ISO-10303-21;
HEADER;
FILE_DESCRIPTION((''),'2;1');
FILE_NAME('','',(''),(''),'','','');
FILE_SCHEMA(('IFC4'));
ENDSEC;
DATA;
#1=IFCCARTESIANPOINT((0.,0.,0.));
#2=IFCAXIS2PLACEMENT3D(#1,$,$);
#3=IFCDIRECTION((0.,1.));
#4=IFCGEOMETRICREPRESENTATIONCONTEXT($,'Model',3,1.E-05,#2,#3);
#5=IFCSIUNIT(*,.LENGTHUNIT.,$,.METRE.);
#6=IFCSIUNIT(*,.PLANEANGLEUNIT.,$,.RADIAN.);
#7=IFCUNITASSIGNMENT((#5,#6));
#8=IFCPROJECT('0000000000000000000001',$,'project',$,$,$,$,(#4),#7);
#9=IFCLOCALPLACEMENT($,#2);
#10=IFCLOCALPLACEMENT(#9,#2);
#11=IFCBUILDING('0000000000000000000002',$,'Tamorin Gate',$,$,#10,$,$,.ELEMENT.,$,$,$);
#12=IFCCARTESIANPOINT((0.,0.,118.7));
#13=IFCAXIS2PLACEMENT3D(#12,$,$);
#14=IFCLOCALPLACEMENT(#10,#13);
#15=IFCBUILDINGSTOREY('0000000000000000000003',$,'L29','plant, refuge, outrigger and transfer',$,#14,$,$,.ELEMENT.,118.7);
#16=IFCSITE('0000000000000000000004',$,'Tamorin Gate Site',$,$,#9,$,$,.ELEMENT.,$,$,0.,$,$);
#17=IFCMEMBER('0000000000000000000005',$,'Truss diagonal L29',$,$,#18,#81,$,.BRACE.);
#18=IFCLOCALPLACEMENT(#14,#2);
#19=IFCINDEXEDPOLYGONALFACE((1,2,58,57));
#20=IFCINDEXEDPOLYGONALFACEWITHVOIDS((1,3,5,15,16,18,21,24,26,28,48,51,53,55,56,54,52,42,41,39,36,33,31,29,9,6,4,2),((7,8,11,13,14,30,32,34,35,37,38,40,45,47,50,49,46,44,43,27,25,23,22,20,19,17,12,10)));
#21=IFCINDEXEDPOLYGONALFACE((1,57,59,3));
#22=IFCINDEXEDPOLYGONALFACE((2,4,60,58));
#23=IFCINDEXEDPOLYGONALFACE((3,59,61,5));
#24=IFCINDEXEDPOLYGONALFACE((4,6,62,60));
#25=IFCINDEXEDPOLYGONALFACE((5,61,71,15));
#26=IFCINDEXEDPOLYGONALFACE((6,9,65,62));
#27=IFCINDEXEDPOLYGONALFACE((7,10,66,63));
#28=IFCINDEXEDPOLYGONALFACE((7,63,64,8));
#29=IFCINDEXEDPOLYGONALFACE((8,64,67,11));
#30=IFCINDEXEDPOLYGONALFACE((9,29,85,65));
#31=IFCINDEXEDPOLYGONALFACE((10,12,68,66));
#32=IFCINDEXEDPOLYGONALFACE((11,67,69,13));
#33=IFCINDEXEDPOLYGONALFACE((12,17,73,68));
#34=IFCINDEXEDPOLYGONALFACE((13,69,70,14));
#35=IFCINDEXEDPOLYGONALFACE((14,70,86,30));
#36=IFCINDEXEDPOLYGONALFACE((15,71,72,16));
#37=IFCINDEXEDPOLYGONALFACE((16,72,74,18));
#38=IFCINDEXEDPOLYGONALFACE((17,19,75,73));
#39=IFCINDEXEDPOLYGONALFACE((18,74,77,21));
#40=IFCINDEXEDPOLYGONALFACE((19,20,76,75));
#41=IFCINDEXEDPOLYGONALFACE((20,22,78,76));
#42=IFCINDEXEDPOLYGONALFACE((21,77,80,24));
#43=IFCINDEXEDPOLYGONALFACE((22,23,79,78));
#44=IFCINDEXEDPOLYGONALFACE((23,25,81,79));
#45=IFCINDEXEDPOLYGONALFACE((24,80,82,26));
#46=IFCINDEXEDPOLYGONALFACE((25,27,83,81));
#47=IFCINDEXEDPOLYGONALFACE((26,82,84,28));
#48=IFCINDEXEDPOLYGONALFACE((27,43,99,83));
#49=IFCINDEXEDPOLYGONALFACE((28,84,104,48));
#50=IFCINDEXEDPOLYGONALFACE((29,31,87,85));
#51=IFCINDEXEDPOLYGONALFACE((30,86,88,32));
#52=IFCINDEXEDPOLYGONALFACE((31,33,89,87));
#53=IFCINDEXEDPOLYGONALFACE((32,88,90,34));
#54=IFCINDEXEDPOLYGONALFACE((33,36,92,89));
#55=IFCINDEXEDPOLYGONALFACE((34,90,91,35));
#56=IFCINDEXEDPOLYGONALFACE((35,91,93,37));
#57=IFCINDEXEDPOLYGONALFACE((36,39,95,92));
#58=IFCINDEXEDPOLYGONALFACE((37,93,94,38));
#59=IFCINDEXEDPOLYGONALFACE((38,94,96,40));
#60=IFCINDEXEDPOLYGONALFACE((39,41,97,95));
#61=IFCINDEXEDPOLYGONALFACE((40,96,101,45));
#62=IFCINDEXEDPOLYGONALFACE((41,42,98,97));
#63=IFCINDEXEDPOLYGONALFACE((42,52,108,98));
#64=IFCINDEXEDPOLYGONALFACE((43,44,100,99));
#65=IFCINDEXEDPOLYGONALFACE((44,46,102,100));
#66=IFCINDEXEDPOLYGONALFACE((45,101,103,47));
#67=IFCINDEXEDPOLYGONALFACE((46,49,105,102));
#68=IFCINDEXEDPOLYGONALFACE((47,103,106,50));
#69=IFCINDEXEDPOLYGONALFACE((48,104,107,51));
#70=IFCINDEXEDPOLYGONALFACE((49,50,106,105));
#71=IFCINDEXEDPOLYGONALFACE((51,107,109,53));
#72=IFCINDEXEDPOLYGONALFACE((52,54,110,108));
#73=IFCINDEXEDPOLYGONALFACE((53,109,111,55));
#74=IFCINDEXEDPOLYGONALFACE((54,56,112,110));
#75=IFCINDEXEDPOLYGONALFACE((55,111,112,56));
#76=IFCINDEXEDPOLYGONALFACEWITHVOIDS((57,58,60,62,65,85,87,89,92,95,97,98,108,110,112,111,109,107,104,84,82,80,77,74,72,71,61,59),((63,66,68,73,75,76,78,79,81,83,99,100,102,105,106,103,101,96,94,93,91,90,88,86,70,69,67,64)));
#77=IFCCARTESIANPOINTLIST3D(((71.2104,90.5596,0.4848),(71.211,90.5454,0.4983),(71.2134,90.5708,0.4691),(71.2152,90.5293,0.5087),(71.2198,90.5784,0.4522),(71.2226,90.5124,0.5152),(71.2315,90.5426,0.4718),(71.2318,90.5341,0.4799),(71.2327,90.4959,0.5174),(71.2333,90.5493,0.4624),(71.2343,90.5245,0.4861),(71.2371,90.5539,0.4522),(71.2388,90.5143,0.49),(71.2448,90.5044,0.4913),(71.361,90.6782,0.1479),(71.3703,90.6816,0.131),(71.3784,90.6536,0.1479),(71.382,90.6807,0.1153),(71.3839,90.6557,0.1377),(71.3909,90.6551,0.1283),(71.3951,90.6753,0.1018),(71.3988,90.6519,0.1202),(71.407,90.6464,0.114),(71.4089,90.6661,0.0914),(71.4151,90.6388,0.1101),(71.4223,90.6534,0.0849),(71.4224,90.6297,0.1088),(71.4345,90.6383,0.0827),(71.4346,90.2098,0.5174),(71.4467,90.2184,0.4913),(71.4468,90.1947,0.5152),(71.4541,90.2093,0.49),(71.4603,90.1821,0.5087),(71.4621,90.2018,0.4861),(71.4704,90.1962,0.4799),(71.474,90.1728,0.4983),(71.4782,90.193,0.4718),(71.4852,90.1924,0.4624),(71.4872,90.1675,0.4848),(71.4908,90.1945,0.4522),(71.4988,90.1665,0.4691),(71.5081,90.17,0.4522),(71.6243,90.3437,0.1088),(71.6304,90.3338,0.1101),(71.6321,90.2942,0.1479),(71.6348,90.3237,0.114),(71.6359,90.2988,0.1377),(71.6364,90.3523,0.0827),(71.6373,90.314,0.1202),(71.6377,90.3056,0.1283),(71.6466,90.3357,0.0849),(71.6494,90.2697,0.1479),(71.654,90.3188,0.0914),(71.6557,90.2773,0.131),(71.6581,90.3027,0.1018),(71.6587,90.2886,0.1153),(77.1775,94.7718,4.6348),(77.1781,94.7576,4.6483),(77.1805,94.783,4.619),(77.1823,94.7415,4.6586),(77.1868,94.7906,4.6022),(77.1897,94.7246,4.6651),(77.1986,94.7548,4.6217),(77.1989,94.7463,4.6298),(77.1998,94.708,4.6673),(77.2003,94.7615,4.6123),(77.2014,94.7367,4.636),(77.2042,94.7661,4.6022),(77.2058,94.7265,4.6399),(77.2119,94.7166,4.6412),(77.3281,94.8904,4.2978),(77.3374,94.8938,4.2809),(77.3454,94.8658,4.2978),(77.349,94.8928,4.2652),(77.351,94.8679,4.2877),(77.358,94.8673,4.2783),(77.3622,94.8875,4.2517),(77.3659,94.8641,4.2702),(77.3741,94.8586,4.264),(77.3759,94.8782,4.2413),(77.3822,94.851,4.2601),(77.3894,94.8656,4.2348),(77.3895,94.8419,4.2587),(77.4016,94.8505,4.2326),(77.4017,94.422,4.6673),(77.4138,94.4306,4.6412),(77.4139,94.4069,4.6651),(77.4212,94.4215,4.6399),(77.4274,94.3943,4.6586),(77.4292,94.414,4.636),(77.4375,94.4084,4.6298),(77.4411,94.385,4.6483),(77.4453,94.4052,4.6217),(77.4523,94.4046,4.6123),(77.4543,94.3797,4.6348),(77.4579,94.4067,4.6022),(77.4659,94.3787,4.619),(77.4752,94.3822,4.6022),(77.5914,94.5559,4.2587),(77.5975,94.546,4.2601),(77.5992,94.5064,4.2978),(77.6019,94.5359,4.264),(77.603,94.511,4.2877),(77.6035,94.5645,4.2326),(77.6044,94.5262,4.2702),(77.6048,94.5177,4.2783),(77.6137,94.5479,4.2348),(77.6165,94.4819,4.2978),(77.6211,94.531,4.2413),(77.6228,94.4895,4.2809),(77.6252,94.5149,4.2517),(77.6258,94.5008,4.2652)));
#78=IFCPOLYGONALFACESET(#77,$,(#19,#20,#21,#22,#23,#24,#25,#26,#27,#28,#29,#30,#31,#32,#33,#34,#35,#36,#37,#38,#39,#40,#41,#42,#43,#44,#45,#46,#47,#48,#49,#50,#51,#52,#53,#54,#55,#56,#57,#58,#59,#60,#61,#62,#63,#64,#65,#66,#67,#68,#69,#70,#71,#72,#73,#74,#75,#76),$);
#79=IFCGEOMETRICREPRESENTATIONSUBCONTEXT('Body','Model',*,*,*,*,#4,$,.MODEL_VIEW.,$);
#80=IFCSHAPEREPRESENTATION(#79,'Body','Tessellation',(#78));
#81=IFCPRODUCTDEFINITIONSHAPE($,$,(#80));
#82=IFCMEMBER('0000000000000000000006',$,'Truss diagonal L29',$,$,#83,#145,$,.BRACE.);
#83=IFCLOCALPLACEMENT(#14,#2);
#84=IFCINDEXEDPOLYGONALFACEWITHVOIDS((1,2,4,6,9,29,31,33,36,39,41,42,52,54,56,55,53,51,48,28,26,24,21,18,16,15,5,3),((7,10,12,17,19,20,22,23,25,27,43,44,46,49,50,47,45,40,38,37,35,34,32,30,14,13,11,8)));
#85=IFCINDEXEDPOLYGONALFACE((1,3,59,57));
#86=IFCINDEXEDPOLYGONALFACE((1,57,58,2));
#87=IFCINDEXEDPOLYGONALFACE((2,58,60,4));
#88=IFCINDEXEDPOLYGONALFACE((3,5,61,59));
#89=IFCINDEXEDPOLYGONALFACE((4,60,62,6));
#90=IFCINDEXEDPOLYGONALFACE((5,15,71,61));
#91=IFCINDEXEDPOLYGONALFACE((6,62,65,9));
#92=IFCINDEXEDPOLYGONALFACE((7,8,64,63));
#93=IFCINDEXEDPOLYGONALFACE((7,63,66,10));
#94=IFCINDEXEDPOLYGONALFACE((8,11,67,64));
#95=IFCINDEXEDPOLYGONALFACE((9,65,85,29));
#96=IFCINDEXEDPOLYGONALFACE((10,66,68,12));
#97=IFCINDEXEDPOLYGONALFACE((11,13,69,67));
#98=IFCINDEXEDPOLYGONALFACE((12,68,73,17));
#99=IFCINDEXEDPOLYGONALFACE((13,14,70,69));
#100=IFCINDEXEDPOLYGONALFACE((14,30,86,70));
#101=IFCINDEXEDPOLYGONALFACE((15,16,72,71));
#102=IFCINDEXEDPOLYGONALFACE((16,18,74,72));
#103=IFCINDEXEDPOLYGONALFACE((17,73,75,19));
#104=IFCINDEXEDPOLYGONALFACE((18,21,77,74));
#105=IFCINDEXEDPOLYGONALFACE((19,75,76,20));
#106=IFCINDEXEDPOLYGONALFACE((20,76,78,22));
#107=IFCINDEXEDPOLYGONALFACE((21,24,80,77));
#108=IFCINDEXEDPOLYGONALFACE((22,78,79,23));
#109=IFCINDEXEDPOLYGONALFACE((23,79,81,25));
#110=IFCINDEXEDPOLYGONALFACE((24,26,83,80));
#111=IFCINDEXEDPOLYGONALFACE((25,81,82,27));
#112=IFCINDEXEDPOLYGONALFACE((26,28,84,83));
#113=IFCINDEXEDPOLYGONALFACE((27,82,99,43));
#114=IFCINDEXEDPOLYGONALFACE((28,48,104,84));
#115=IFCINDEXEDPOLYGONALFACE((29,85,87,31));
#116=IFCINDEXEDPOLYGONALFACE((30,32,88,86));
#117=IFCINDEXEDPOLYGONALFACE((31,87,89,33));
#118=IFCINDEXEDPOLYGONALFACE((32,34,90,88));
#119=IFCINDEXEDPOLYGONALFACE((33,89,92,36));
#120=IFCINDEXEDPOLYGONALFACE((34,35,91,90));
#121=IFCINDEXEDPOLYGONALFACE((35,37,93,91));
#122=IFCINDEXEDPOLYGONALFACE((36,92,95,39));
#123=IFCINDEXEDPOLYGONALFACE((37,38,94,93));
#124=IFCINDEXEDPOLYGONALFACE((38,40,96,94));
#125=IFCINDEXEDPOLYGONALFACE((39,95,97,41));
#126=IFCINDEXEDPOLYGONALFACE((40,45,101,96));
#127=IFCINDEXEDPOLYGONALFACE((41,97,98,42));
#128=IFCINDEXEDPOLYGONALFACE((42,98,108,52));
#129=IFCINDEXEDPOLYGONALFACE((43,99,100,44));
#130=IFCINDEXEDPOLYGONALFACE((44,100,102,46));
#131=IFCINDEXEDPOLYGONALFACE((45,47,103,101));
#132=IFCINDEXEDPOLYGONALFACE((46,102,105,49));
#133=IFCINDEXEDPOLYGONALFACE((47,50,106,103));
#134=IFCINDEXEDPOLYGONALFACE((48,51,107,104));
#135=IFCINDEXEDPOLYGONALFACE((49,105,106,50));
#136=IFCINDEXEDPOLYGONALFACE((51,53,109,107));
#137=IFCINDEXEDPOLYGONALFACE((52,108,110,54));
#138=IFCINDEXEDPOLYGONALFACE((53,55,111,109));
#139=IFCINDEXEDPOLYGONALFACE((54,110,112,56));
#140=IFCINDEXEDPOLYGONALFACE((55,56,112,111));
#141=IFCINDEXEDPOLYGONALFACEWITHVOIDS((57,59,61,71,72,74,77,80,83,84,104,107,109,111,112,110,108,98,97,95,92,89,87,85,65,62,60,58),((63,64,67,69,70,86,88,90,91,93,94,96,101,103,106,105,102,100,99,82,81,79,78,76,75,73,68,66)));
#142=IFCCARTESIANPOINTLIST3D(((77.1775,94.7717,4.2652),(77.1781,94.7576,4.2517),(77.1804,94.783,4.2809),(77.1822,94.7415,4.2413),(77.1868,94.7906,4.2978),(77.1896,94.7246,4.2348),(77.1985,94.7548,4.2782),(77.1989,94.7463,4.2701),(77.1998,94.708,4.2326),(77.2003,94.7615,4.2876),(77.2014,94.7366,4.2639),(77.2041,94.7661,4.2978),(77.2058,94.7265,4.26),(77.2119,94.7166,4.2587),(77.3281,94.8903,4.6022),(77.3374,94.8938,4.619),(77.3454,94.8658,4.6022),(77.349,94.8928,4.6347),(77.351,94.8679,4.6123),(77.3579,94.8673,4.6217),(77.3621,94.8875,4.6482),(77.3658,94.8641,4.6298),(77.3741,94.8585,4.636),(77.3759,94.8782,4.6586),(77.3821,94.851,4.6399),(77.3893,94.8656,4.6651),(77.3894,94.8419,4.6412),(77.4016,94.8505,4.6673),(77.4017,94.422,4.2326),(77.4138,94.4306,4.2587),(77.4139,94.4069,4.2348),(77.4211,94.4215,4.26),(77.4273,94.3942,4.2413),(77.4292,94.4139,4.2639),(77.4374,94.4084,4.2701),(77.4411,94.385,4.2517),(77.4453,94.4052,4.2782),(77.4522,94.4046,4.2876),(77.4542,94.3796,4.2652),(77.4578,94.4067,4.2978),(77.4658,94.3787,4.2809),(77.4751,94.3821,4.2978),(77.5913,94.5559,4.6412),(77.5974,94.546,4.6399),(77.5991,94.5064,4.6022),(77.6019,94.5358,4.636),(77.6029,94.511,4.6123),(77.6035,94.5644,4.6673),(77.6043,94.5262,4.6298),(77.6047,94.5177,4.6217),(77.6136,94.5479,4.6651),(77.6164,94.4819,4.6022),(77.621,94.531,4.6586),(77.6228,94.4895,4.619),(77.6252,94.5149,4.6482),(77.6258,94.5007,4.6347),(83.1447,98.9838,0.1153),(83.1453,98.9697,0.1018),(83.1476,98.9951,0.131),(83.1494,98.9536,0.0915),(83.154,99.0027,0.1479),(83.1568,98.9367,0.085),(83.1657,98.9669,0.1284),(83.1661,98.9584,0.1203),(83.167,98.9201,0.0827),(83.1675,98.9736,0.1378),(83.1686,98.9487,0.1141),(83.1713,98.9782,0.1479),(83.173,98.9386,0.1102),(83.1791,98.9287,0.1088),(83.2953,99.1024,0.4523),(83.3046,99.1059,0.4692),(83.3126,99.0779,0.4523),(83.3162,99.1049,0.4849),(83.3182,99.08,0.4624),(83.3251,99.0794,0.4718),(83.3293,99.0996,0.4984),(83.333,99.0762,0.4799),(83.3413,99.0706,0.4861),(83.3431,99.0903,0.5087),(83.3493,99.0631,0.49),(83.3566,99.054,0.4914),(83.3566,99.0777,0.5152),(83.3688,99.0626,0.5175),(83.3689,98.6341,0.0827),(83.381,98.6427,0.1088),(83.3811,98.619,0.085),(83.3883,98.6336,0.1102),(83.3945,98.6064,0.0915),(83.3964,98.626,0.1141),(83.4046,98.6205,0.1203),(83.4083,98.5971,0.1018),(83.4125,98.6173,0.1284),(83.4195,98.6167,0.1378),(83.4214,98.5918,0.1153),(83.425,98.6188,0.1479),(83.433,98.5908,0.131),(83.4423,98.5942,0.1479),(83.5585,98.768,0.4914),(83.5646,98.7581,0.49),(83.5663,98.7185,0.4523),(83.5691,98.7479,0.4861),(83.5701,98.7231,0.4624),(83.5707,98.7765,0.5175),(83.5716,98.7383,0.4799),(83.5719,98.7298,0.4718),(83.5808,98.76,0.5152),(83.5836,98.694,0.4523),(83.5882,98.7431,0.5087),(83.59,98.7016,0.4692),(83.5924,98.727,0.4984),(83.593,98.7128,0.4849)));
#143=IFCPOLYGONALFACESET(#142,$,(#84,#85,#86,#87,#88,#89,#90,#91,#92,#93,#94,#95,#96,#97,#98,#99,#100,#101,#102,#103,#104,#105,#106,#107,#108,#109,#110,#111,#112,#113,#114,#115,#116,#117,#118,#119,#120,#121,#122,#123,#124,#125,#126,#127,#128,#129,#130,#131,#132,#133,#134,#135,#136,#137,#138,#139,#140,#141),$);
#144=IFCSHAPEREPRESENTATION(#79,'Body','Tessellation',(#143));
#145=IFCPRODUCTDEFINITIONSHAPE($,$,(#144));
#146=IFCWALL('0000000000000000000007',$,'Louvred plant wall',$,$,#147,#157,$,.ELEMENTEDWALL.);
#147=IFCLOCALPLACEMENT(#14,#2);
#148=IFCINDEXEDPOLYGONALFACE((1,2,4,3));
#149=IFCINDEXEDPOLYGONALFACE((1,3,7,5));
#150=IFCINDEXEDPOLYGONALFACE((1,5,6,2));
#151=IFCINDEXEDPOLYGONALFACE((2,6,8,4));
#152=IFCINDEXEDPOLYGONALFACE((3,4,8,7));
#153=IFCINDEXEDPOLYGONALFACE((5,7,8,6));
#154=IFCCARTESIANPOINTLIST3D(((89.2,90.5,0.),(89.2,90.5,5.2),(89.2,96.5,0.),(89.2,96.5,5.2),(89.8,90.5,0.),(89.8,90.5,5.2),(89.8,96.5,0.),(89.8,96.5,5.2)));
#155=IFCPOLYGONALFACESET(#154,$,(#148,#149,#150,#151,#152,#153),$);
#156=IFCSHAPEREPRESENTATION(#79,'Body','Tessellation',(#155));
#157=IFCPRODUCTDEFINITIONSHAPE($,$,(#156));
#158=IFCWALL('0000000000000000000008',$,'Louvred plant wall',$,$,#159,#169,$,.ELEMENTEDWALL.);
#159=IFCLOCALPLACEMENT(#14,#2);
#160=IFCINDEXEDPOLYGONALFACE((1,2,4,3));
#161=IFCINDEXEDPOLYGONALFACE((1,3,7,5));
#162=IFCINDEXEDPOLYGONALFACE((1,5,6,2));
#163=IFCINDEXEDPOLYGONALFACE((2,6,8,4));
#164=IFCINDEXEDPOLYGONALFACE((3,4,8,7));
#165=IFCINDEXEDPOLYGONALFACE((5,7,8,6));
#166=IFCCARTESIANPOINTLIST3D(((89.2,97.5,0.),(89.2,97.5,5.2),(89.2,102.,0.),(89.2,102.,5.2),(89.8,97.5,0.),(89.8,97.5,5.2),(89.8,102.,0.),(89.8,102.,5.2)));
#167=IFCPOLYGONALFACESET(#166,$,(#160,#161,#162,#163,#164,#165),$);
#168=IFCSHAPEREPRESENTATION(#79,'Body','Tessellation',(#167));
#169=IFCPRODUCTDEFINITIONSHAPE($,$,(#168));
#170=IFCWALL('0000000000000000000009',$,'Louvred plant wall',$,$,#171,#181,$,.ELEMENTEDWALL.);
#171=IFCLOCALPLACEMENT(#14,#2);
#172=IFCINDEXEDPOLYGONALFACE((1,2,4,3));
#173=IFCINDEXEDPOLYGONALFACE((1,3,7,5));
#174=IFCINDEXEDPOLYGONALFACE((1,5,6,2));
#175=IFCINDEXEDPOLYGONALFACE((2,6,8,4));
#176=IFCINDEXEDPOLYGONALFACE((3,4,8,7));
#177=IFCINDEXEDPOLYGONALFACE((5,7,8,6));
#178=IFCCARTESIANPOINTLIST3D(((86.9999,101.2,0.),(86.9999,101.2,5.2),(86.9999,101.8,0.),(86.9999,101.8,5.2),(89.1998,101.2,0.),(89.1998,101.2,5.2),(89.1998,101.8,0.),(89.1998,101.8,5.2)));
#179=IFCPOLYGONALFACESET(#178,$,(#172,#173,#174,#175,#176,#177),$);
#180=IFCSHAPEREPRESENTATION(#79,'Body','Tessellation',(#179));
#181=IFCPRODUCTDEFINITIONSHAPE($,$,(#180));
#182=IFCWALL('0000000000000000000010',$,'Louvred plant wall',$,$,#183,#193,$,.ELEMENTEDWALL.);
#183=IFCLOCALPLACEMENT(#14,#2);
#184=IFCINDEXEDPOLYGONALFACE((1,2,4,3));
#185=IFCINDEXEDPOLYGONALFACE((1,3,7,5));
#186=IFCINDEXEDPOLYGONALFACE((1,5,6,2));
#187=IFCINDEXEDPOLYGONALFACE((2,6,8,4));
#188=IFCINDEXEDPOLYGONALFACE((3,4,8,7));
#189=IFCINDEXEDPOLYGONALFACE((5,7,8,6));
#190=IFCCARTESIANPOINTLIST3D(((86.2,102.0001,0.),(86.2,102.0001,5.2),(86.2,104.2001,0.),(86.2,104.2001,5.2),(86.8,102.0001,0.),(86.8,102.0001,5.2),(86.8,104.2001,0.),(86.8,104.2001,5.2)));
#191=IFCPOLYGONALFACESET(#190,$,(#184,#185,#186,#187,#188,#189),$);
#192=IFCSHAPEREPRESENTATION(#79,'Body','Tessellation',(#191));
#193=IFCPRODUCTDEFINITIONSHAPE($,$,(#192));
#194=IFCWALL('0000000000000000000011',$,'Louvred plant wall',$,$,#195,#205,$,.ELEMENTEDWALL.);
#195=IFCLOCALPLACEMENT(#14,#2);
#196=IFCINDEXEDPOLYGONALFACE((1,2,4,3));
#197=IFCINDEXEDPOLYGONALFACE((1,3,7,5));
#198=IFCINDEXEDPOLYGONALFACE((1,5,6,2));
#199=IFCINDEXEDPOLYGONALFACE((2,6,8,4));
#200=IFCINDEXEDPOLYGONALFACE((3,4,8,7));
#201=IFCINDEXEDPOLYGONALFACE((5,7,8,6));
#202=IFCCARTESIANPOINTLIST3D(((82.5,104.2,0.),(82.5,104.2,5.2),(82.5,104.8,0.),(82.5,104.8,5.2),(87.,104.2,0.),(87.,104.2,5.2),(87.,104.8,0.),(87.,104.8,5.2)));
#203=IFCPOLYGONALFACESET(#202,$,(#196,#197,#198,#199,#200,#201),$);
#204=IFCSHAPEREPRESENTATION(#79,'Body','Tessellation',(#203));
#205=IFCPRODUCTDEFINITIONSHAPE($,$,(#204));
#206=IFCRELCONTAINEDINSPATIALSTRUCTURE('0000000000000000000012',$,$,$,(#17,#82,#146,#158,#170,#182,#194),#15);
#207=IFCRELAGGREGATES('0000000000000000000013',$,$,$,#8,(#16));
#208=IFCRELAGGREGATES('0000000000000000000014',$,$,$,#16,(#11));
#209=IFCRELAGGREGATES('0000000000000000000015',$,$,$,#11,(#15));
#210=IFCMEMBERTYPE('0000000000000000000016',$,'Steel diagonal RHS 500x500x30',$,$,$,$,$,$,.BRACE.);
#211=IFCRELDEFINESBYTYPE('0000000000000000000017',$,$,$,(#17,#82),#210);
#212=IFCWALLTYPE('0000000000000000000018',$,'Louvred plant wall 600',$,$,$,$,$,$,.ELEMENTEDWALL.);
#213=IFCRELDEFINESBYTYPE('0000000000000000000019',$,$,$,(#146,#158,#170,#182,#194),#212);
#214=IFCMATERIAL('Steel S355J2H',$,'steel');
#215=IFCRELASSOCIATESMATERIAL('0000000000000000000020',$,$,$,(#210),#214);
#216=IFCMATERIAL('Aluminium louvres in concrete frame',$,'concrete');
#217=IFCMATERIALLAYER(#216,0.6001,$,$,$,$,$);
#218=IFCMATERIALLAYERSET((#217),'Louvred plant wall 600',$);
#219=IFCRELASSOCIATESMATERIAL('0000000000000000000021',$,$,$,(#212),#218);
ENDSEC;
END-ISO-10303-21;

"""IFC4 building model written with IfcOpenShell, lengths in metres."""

from ifc_helpers import new_model, si_unit, direction, frame, frame_2d, origin, origin_2d, place, context, subcontext, project, spatial, rectangle, hollow_rectangle, extrude, material, layer, layer_set, material_profile, profile_set, type_object, element, save


model = new_model("IFC4")

# Units and contexts
model_context = context("Model", 3, precision=1e-05, world=origin(), true_north=direction((0.0, 1.0)))
body_context = subcontext(model_context, "Body", "Model", "MODEL_VIEW")
ifc_project = project(units=[si_unit("LENGTHUNIT", "METRE"), si_unit("PLANEANGLEUNIT", "RADIAN")], contexts=[model_context])

# Site, building, storey
site_placement = place(None, origin())
site = spatial("IfcSite", under=ifc_project, at=site_placement, Name="Tamorin Gate Site", CompositionType="ELEMENT", RefElevation=0.0)
building_placement = place(site_placement, origin())
building = spatial("IfcBuilding", under=site, at=building_placement, Name="Tamorin Gate", CompositionType="ELEMENT")
storey_placement = place(building_placement, frame((0.0, 0.0, 118.7)))
storey = spatial("IfcBuildingStorey", under=building, at=storey_placement, Name="L29", Description="plant, refuge, outrigger and transfer", CompositionType="ELEMENT", Elevation=118.7)

# Members
ifc_material_1 = material(Name="Steel S355J2H", Category="steel")
ifc_material_profile_1 = material_profile(ifc_material_1, hollow_rectangle(XDim=0.5, YDim=0.5, WallThickness=0.03, InnerFilletRadius=0.0449, OuterFilletRadius=0.075, at=origin_2d()), Name="RHS 500x500x30")
ifc_profile_set_1 = profile_set([ifc_material_profile_1], Name="Steel S355J2H")
member_type_1 = type_object("IfcMemberType", Name="Steel diagonal RHS 500x500x30", PredefinedType="BRACE", material=ifc_profile_set_1)
for number, where, z_axis, x_axis, name in (
    (1, (71.4346, 90.4241, 0.3), (0.710314, 0.501413, 0.494003), (-0.576695, 0.81696, 0.0), "Truss diagonal L29"),
    (2, (77.4016, 94.6362, 4.45), (0.710328, 0.501403, -0.493992), (-0.576679, 0.816971, 0.0), "Truss diagonal L29"),
):
    element("IfcMember", number, at=place(storey_placement, frame(where, z_axis=z_axis, x_axis=x_axis)), inside=storey, type_object=member_type_1, Name=name, PredefinedType="BRACE", context=body_context, shape_type="SweptSolid", body=[
        extrude(hollow_rectangle(XDim=0.5, YDim=0.5, WallThickness=0.03, InnerFilletRadius=0.0449, OuterFilletRadius=0.075, at=origin_2d()), origin(), (0.0, 0.0, 1.0), 8.4006),
    ])

# Walls
ifc_material_2 = material(Name="Aluminium louvres in concrete frame", Category="concrete")
ifc_layer_1 = layer(ifc_material_2, 0.6001)
ifc_layer_set_1 = layer_set([ifc_layer_1], Name="Louvred plant wall 600")
wall_type_1 = type_object("IfcWallType", Name="Louvred plant wall 600", PredefinedType="ELEMENTEDWALL", material=ifc_layer_set_1)
wall_1_placement = place(storey_placement, frame((89.5, 90.5, 0.0), z_axis=(0.0, 0.0, 1.0), x_axis=(0.0, 1.0, 0.0)))
element("IfcWall", 3, at=wall_1_placement, inside=storey, type_object=wall_type_1, Name="Louvred plant wall", PredefinedType="ELEMENTEDWALL", context=body_context, shape_type="SweptSolid", body=[
    extrude(rectangle(XDim=6.0, YDim=0.6001, at=frame_2d((3.0, 0.0))), origin(), (0.0, 0.0, 1.0), 5.2),
])
wall_2_placement = place(storey_placement, frame((89.5, 97.5, 0.0), z_axis=(0.0, 0.0, 1.0), x_axis=(0.0, 1.0, 0.0)))
element("IfcWall", 4, at=wall_2_placement, inside=storey, type_object=wall_type_1, Name="Louvred plant wall", PredefinedType="ELEMENTEDWALL", context=body_context, shape_type="SweptSolid", body=[
    extrude(rectangle(XDim=4.5, YDim=0.6001, at=frame_2d((2.25, 0.0))), origin(), (0.0, 0.0, 1.0), 5.2),
])
for number, where, z_axis, x_axis, name in (
    (5, (89.2, 101.5, 0.0), (0.0, 0.0, 1.0), (-1.0, 0.0, 0.0), "Louvred plant wall"),
    (6, (86.5, 102.0, 0.0), (0.0, 0.0, 1.0), (0.0, 1.0, 0.0), "Louvred plant wall"),
):
    element("IfcWall", number, at=place(storey_placement, frame(where, z_axis=z_axis, x_axis=x_axis)), inside=storey, type_object=wall_type_1, Name=name, PredefinedType="ELEMENTEDWALL", context=body_context, shape_type="SweptSolid", body=[
        extrude(rectangle(XDim=2.2, YDim=0.6001, at=frame_2d((1.1001, 0.0))), origin(), (0.0, 0.0, 1.0), 5.2),
    ])
wall_3_placement = place(storey_placement, frame((87.0, 104.5, 0.0), z_axis=(0.0, 0.0, 1.0), x_axis=(-1.0, 0.0, 0.0)))
element("IfcWall", 7, at=wall_3_placement, inside=storey, type_object=wall_type_1, Name="Louvred plant wall", PredefinedType="ELEMENTEDWALL", context=body_context, shape_type="SweptSolid", body=[
    extrude(rectangle(XDim=4.5, YDim=0.6001, at=frame_2d((2.25, 0.0))), origin(), (0.0, 0.0, 1.0), 5.2),
])

save(model, "model.ifc")
